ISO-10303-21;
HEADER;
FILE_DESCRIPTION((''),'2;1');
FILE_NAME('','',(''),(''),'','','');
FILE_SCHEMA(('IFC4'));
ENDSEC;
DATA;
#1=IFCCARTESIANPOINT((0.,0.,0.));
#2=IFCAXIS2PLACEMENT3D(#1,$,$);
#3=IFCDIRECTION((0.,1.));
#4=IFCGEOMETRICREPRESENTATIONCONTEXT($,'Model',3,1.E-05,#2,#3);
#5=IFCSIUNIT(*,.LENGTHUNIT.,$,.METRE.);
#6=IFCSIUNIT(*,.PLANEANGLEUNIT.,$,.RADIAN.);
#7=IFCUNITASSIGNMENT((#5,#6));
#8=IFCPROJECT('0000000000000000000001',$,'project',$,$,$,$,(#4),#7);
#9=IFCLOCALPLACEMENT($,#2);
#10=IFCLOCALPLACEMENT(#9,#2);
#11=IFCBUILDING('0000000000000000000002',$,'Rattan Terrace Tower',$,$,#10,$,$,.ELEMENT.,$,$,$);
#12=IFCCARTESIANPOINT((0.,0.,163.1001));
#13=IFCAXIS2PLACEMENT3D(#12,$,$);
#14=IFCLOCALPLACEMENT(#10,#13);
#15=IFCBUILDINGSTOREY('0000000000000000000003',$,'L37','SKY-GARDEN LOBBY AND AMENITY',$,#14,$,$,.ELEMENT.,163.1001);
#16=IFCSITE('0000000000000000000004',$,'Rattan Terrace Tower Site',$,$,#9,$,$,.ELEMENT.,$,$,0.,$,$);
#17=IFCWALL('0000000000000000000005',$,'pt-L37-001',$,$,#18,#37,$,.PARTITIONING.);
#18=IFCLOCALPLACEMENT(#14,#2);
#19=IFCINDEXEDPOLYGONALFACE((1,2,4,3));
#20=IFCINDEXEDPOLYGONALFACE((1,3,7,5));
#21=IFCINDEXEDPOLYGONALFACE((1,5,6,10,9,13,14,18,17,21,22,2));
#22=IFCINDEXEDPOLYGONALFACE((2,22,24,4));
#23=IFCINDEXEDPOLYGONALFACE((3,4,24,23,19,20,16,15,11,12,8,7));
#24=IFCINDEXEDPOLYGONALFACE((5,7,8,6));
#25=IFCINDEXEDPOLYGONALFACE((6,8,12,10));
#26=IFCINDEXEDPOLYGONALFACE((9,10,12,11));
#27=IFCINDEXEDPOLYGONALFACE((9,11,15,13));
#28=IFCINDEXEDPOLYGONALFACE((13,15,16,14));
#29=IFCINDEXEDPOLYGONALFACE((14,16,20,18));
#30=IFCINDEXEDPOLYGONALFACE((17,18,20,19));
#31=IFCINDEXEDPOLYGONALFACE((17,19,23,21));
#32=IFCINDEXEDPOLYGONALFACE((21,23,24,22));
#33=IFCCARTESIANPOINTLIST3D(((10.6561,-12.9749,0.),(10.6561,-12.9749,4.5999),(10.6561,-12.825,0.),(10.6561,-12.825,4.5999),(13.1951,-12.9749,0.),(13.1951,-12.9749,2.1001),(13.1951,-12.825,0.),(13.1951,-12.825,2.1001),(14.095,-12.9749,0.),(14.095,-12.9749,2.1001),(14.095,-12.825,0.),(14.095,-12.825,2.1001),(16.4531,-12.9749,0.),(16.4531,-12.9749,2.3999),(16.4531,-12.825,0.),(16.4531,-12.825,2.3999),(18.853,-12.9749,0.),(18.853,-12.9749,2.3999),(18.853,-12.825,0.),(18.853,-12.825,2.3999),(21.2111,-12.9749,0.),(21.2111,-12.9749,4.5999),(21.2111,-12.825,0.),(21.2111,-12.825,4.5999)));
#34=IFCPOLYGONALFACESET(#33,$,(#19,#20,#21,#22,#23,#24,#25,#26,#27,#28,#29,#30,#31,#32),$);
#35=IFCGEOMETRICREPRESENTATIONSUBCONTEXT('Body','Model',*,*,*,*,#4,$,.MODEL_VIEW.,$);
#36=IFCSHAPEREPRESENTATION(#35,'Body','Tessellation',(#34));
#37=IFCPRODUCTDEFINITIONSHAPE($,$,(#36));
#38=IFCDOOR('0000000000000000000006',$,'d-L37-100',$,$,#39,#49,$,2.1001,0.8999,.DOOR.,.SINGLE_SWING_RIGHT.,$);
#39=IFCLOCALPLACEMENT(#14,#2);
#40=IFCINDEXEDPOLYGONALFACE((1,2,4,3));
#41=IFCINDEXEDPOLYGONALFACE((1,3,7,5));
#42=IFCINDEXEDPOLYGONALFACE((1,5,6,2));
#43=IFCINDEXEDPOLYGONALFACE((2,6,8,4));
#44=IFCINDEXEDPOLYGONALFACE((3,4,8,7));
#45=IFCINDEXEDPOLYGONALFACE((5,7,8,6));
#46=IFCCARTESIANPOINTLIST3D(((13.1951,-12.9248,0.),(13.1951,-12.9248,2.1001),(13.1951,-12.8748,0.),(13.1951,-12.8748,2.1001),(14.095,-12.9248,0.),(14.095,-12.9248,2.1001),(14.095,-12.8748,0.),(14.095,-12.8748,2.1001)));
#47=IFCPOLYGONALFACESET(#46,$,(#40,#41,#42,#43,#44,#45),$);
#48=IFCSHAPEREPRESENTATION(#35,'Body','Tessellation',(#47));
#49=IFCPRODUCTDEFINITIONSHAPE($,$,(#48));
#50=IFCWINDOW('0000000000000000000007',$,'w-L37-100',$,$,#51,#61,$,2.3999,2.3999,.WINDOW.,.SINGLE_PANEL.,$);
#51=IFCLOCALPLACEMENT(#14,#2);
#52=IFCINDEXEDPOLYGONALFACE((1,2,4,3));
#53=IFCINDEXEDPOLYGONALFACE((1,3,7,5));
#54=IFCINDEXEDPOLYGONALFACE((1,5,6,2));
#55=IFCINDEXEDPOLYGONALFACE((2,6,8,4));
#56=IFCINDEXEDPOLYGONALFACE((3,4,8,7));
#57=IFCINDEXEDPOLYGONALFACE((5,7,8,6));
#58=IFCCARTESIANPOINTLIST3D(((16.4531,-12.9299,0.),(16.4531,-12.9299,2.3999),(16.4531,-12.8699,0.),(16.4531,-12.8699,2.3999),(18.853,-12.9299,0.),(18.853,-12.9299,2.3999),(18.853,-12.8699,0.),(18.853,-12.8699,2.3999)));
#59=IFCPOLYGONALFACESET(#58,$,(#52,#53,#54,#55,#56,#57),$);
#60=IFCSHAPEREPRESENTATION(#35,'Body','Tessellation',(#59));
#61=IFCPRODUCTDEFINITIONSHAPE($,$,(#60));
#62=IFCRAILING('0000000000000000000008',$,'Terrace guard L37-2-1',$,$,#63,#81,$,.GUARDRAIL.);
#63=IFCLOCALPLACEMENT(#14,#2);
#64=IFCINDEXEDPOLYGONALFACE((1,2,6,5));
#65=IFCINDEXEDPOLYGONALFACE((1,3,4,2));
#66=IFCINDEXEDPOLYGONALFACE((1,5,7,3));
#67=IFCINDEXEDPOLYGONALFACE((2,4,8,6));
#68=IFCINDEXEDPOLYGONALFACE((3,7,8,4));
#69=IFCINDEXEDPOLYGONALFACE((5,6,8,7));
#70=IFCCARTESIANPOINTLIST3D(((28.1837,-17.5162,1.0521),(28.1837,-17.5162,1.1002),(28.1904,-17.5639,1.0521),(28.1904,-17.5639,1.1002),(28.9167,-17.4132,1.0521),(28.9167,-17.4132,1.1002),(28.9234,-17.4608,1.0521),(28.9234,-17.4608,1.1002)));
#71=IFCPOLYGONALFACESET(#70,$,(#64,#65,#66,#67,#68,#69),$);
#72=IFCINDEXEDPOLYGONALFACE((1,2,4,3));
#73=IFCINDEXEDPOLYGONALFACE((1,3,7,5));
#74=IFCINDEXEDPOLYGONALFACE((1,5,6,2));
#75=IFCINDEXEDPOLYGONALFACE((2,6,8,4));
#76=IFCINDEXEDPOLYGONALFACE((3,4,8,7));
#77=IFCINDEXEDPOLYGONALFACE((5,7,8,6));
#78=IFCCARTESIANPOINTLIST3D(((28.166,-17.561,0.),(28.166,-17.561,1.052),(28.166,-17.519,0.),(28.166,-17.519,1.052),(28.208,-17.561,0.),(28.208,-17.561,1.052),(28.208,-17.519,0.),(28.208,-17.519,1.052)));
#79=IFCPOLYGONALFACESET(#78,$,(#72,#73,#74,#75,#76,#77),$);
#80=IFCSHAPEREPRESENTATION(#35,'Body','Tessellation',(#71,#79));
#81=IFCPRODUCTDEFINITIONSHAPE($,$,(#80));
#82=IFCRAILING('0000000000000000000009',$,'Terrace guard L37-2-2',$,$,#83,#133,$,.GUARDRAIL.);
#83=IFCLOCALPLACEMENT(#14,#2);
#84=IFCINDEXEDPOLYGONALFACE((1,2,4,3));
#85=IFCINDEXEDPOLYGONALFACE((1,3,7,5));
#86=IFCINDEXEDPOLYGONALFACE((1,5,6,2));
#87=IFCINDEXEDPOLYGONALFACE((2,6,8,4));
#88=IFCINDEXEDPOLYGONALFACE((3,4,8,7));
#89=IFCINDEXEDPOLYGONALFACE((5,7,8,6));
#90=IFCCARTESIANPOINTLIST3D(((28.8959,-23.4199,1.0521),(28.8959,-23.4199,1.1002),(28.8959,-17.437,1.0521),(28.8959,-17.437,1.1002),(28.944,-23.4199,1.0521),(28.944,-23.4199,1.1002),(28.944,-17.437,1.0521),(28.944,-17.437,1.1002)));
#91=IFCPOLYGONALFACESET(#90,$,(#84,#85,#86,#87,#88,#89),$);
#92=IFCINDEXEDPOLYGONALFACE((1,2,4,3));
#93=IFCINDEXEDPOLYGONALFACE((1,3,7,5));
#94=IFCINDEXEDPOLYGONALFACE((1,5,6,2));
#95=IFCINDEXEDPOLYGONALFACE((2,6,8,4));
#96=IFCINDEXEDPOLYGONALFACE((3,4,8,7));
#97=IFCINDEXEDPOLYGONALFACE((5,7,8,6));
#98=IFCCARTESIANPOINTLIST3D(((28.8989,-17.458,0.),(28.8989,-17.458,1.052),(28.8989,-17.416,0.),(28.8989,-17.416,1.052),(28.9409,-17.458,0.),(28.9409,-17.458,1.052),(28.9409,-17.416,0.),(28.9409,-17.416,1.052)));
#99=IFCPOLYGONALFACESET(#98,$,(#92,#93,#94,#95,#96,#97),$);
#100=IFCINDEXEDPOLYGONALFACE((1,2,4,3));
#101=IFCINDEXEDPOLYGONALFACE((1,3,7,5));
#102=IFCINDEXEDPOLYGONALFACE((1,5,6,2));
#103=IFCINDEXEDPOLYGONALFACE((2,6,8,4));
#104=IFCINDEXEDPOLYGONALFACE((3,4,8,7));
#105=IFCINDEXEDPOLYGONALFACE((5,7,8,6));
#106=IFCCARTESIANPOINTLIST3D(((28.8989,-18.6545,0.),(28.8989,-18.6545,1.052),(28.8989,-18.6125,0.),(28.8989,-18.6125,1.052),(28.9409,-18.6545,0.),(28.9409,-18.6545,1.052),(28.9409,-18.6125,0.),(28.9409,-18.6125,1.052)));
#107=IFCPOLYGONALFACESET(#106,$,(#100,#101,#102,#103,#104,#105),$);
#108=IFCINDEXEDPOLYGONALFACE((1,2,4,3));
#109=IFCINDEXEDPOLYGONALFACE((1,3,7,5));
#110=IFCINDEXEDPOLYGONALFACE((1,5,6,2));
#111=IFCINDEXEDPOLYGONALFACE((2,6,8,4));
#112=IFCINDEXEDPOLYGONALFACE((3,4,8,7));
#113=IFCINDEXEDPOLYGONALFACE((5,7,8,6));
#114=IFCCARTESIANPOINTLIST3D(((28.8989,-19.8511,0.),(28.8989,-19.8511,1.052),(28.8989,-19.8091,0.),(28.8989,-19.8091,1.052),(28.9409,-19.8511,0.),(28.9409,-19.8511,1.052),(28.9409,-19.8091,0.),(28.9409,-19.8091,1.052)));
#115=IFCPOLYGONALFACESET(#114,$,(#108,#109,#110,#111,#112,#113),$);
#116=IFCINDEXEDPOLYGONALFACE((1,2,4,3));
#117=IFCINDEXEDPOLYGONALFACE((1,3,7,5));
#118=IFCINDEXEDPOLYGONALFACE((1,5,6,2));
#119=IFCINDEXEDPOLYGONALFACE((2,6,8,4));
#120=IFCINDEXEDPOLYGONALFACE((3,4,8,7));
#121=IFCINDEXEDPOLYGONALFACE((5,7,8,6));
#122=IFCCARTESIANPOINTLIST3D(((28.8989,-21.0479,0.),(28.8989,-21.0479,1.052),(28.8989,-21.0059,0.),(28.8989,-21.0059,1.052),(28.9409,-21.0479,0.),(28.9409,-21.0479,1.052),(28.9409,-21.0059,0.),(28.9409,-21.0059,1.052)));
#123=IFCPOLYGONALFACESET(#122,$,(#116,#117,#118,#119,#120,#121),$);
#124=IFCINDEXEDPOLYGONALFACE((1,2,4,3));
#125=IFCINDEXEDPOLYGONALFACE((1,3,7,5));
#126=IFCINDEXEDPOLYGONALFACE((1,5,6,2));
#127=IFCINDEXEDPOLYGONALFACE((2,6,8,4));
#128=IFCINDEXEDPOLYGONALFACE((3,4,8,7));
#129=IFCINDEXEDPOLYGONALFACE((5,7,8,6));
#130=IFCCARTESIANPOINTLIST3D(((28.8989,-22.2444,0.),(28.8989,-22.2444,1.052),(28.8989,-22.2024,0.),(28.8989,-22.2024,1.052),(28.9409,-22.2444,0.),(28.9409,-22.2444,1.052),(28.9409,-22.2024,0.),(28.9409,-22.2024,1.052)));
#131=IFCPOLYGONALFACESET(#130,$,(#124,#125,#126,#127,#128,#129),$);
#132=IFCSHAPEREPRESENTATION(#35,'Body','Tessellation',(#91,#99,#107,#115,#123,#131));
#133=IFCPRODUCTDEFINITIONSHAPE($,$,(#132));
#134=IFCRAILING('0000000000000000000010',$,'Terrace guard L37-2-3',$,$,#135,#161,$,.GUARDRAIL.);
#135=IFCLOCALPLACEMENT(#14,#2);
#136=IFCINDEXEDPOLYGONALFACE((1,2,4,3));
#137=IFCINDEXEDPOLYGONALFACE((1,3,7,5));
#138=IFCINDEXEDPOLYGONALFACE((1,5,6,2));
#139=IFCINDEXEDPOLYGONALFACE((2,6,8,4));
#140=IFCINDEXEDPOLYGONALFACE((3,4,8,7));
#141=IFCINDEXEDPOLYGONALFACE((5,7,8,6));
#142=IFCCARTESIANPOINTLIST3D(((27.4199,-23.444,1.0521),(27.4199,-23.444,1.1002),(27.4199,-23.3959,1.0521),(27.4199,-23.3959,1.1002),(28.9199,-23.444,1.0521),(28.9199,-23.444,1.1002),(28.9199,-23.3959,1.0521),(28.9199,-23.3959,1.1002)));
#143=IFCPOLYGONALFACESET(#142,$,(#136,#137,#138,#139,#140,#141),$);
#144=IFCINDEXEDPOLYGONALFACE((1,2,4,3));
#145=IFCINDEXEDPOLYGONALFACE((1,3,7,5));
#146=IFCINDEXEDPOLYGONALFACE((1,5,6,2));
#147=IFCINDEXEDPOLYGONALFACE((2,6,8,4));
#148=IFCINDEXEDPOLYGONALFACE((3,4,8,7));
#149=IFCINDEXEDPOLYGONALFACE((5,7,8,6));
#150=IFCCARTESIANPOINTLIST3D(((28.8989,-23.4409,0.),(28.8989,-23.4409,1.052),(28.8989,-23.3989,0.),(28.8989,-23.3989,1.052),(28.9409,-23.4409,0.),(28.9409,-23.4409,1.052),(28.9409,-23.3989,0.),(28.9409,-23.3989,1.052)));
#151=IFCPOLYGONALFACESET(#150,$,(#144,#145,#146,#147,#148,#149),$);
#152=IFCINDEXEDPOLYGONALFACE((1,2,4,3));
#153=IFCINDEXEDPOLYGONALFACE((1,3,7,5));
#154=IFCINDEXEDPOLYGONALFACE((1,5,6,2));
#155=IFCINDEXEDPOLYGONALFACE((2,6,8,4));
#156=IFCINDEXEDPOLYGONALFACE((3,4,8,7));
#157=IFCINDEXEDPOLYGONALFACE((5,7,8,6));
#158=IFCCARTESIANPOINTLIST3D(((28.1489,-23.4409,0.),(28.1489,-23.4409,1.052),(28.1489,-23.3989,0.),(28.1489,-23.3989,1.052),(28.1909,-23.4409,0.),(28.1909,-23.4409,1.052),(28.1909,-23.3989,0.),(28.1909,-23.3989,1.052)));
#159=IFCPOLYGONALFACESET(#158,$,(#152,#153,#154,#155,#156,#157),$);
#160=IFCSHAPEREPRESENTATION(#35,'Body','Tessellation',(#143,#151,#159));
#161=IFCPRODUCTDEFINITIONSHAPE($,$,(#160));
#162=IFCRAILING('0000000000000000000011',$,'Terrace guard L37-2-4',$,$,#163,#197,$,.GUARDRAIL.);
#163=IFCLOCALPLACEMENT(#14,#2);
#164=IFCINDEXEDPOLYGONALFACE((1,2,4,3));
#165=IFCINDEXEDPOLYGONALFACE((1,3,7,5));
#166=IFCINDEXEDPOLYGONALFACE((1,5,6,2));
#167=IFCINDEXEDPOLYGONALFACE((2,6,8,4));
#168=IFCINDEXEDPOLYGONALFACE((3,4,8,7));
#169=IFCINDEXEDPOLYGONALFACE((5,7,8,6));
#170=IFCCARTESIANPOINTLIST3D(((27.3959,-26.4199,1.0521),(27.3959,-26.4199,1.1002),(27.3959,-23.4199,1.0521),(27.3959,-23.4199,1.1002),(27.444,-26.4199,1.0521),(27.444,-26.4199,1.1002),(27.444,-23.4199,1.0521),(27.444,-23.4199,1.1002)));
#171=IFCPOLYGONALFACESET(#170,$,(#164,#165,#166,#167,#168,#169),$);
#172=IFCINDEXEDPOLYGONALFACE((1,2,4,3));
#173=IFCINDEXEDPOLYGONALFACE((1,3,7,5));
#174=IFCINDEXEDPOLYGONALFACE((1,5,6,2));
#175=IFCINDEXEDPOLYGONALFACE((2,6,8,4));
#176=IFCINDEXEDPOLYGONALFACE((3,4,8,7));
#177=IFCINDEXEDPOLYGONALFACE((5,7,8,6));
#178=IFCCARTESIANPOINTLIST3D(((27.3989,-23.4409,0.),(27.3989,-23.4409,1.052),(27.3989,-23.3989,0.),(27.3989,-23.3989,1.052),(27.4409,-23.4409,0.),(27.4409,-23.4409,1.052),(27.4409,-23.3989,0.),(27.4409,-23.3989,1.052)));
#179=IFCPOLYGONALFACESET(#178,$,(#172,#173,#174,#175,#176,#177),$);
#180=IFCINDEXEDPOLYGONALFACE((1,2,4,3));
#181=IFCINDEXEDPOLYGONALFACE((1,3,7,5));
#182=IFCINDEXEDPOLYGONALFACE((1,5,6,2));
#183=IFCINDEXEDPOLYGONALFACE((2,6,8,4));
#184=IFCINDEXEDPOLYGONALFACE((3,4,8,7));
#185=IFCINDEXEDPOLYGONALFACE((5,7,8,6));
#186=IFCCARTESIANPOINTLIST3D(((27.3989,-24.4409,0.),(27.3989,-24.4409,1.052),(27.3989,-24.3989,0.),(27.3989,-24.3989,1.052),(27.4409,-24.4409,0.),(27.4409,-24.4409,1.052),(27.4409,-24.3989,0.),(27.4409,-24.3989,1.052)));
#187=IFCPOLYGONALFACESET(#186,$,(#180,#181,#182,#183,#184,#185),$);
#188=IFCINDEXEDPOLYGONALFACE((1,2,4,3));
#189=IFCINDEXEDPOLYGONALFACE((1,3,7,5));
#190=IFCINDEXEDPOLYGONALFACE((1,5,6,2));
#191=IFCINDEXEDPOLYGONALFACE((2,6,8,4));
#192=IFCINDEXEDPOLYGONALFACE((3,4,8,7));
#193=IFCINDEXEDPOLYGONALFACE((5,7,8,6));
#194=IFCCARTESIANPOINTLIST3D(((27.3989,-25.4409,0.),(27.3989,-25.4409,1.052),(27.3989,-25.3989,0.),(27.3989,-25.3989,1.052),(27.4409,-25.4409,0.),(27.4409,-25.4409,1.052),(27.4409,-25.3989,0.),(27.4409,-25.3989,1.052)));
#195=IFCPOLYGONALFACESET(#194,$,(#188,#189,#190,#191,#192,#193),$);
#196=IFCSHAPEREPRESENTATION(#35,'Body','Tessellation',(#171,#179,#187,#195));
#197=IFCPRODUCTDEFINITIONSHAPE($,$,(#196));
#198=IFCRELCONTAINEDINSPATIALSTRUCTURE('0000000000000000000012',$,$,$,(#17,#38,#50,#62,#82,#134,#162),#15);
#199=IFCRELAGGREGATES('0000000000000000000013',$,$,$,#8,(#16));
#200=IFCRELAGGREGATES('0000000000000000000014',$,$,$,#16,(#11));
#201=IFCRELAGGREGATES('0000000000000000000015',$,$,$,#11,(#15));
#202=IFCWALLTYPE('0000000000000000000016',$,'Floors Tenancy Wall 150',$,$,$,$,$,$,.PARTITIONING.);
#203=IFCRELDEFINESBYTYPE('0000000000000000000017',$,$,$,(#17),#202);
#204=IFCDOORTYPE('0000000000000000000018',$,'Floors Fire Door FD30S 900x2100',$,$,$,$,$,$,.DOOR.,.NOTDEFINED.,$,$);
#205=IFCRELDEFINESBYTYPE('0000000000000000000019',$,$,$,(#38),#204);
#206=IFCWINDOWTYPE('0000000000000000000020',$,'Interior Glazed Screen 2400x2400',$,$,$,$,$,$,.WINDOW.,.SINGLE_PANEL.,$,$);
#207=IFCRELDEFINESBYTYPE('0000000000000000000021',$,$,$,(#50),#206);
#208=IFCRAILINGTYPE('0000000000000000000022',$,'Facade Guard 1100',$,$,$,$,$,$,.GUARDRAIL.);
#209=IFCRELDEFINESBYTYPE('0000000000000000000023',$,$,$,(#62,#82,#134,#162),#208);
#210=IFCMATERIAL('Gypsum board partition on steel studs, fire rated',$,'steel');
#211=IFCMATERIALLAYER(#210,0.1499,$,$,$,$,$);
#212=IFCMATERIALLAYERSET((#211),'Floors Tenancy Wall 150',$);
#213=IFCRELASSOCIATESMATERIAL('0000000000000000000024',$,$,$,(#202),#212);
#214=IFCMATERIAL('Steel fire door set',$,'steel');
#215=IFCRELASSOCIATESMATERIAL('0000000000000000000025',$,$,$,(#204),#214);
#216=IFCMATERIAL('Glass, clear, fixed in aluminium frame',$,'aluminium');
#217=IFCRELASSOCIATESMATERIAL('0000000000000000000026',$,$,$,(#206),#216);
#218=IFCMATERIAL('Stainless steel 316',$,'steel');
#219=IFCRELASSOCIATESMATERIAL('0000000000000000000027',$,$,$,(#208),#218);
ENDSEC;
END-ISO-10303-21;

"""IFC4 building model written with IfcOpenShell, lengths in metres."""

from ifc_helpers import new_model, si_unit, direction, frame, frame_2d, origin, origin_2d, place, context, subcontext, project, spatial, rectangle, extrude, material, layer, layer_set, type_object, element, fill, save


model = new_model("IFC4")

# Units and contexts
model_context = context("Model", 3, precision=1e-05, world=origin(), true_north=direction((0.0, 1.0)))
body_context = subcontext(model_context, "Body", "Model", "MODEL_VIEW")
ifc_project = project(units=[si_unit("LENGTHUNIT", "METRE"), si_unit("PLANEANGLEUNIT", "RADIAN")], contexts=[model_context])

# Site, building, storey
site_placement = place(None, origin())
site = spatial("IfcSite", under=ifc_project, at=site_placement, Name="Rattan Terrace Tower Site", CompositionType="ELEMENT", RefElevation=0.0)
building_placement = place(site_placement, origin())
building = spatial("IfcBuilding", under=site, at=building_placement, Name="Rattan Terrace Tower", CompositionType="ELEMENT")
storey_placement = place(building_placement, frame((0.0, 0.0, 163.1001)))
storey = spatial("IfcBuildingStorey", under=building, at=storey_placement, Name="L37", Description="SKY-GARDEN LOBBY AND AMENITY", CompositionType="ELEMENT", Elevation=163.1001)

# Wall, openings, door, window
ifc_material_1 = material(Name="Gypsum board partition on steel studs, fire rated", Category="steel")
ifc_layer_1 = layer(ifc_material_1, 0.1499)
ifc_layer_set_1 = layer_set([ifc_layer_1], Name="Floors Tenancy Wall 150")
wall_type_1 = type_object("IfcWallType", Name="Floors Tenancy Wall 150", PredefinedType="PARTITIONING", material=ifc_layer_set_1)
wall_1_placement = place(storey_placement, frame((21.2109, -12.8999, 0.0), z_axis=(0.0, 0.0, 1.0), x_axis=(-1.0, 0.0, 0.0)))
wall_1 = element("IfcWall", 1, at=wall_1_placement, inside=storey, type_object=wall_type_1, Name="pt-L37-001", PredefinedType="PARTITIONING", context=body_context, shape_type="SweptSolid", body=[
    extrude(rectangle(XDim=10.5549, YDim=0.1499, at=frame_2d((5.2773, 0.0))), origin(), (0.0, 0.0, 1.0), 4.5999),
])
opening_1_placement = place(wall_1_placement, frame((7.116, 0.0, 0.0)))
opening_1 = element("IfcOpeningElement", 2, at=opening_1_placement, cuts=wall_1, PredefinedType="OPENING", context=body_context, shape_type="SweptSolid", body=[
    extrude(rectangle(XDim=0.8999, YDim=2.1001, at=frame_2d((0.45, 1.05))), frame((0.0, 0.0854, 0.0), z_axis=(0.0, -1.0, 0.0), x_axis=(1.0, 0.0, 0.0)), (0.0, 0.0, 1.0), 0.1709),
])
opening_2_placement = place(wall_1_placement, frame((2.3579, 0.0, 0.0)))
opening_2 = element("IfcOpeningElement", 3, at=opening_2_placement, cuts=wall_1, PredefinedType="OPENING", context=body_context, shape_type="SweptSolid", body=[
    extrude(rectangle(XDim=2.3999, YDim=2.3999, at=frame_2d((1.2, 1.2))), frame((0.0, 0.0854, 0.0), z_axis=(0.0, -1.0, 0.0), x_axis=(1.0, 0.0, 0.0)), (0.0, 0.0, 1.0), 0.1709),
])
ifc_material_2 = material(Name="Steel fire door set", Category="steel")
door_type = type_object("IfcDoorType", Name="Floors Fire Door FD30S 900x2100", OperationType="NOTDEFINED", PredefinedType="DOOR", material=ifc_material_2)
door_placement = place(opening_1_placement, origin())
door = element("IfcDoor", 4, at=door_placement, inside=storey, type_object=door_type, Name="d-L37-100", OperationType="SINGLE_SWING_RIGHT", OverallHeight=2.1001, OverallWidth=0.8999, PredefinedType="DOOR", context=body_context, shape_type="SweptSolid", body=[
    extrude(rectangle(XDim=0.8999, YDim=2.1001, at=frame_2d((0.45, 1.05))), frame((0.0, 0.0249, 0.0), z_axis=(0.0, -1.0, 0.0), x_axis=(1.0, 0.0, 0.0)), (0.0, 0.0, 1.0), 0.05),
])
fill(opening_1, door)
ifc_material_3 = material(Name="Glass, clear, fixed in aluminium frame", Category="aluminium")
window_type = type_object("IfcWindowType", Name="Interior Glazed Screen 2400x2400", PartitioningType="SINGLE_PANEL", PredefinedType="WINDOW", material=ifc_material_3)
window_placement = place(opening_2_placement, origin())
window = element("IfcWindow", 5, at=window_placement, inside=storey, type_object=window_type, Name="w-L37-100", OverallHeight=2.3999, OverallWidth=2.3999, PartitioningType="SINGLE_PANEL", PredefinedType="WINDOW", context=body_context, shape_type="SweptSolid", body=[
    extrude(rectangle(XDim=2.3999, YDim=2.3999, at=frame_2d((1.2, 1.2))), frame((0.0, 0.03, 0.0), z_axis=(0.0, -1.0, 0.0), x_axis=(1.0, 0.0, 0.0)), (0.0, 0.0, 1.0), 0.0601),
])
fill(opening_2, window)

# Railings
ifc_material_4 = material(Name="Stainless steel 316", Category="steel")
railing_type = type_object("IfcRailingType", Name="Facade Guard 1100", PredefinedType="GUARDRAIL", material=ifc_material_4)
railing_1_placement = place(storey_placement, frame((28.187, -17.54, 0.0)))
element("IfcRailing", 6, at=railing_1_placement, inside=storey, type_object=railing_type, Name="Terrace guard L37-2-1", PredefinedType="GUARDRAIL", context=body_context, shape_type="SweptSolid", body=[
    extrude(rectangle(XDim=0.0481, YDim=0.0481, at=origin_2d()), frame((0.0, 0.0, 1.0762), z_axis=(0.990264, 0.139204, 0.0), x_axis=(-0.139204, 0.990264, 0.0)), (0.0, 0.0, 1.0), 0.7402),
    extrude(rectangle(XDim=0.042, YDim=0.042, at=origin_2d()), origin(), (0.0, 0.0, 1.0), 1.052),
])
railing_2_placement = place(storey_placement, frame((28.9199, -17.437, 0.0)))
element("IfcRailing", 7, at=railing_2_placement, inside=storey, type_object=railing_type, Name="Terrace guard L37-2-2", PredefinedType="GUARDRAIL", context=body_context, shape_type="SweptSolid", body=[
    extrude(rectangle(XDim=0.0481, YDim=0.0481, at=origin_2d()), frame((0.0, 0.0, 1.0762), z_axis=(0.0, -1.0, 0.0), x_axis=(1.0, 0.0, 0.0)), (0.0, 0.0, 1.0), 5.9829),
    extrude(rectangle(XDim=0.042, YDim=0.042, at=origin_2d()), origin(), (0.0, 0.0, 1.0), 1.052),
    extrude(rectangle(XDim=0.042, YDim=0.042, at=origin_2d()), frame((0.0, -1.1965, 0.0)), (0.0, 0.0, 1.0), 1.052),
    extrude(rectangle(XDim=0.042, YDim=0.042, at=origin_2d()), frame((0.0, -2.3931, 0.0)), (0.0, 0.0, 1.0), 1.052),
    extrude(rectangle(XDim=0.042, YDim=0.042, at=origin_2d()), frame((0.0, -3.5898, 0.0)), (0.0, 0.0, 1.0), 1.052),
    extrude(rectangle(XDim=0.042, YDim=0.042, at=origin_2d()), frame((0.0, -4.7864, 0.0)), (0.0, 0.0, 1.0), 1.052),
])
railing_3_placement = place(storey_placement, frame((28.9199, -23.4199, 0.0)))
element("IfcRailing", 8, at=railing_3_placement, inside=storey, type_object=railing_type, Name="Terrace guard L37-2-3", PredefinedType="GUARDRAIL", context=body_context, shape_type="SweptSolid", body=[
    extrude(rectangle(XDim=0.0481, YDim=0.0481, at=origin_2d()), frame((0.0, 0.0, 1.0762), z_axis=(-1.0, 0.0, 0.0), x_axis=(0.0, -1.0, 0.0)), (0.0, 0.0, 1.0), 1.5),
    extrude(rectangle(XDim=0.042, YDim=0.042, at=origin_2d()), origin(), (0.0, 0.0, 1.0), 1.052),
    extrude(rectangle(XDim=0.042, YDim=0.042, at=origin_2d()), frame((-0.75, 0.0, 0.0)), (0.0, 0.0, 1.0), 1.052),
])
railing_4_placement = place(storey_placement, frame((27.4199, -23.4199, 0.0)))
element("IfcRailing", 9, at=railing_4_placement, inside=storey, type_object=railing_type, Name="Terrace guard L37-2-4", PredefinedType="GUARDRAIL", context=body_context, shape_type="SweptSolid", body=[
    extrude(rectangle(XDim=0.0481, YDim=0.0481, at=origin_2d()), frame((0.0, 0.0, 1.0762), z_axis=(0.0, -1.0, 0.0), x_axis=(1.0, 0.0, 0.0)), (0.0, 0.0, 1.0), 3.0),
    extrude(rectangle(XDim=0.042, YDim=0.042, at=origin_2d()), origin(), (0.0, 0.0, 1.0), 1.052),
    extrude(rectangle(XDim=0.042, YDim=0.042, at=origin_2d()), frame((0.0, -1.0, 0.0)), (0.0, 0.0, 1.0), 1.052),
    extrude(rectangle(XDim=0.042, YDim=0.042, at=origin_2d()), frame((0.0, -2.0, 0.0)), (0.0, 0.0, 1.0), 1.052),
])

save(model, "model.ifc")
